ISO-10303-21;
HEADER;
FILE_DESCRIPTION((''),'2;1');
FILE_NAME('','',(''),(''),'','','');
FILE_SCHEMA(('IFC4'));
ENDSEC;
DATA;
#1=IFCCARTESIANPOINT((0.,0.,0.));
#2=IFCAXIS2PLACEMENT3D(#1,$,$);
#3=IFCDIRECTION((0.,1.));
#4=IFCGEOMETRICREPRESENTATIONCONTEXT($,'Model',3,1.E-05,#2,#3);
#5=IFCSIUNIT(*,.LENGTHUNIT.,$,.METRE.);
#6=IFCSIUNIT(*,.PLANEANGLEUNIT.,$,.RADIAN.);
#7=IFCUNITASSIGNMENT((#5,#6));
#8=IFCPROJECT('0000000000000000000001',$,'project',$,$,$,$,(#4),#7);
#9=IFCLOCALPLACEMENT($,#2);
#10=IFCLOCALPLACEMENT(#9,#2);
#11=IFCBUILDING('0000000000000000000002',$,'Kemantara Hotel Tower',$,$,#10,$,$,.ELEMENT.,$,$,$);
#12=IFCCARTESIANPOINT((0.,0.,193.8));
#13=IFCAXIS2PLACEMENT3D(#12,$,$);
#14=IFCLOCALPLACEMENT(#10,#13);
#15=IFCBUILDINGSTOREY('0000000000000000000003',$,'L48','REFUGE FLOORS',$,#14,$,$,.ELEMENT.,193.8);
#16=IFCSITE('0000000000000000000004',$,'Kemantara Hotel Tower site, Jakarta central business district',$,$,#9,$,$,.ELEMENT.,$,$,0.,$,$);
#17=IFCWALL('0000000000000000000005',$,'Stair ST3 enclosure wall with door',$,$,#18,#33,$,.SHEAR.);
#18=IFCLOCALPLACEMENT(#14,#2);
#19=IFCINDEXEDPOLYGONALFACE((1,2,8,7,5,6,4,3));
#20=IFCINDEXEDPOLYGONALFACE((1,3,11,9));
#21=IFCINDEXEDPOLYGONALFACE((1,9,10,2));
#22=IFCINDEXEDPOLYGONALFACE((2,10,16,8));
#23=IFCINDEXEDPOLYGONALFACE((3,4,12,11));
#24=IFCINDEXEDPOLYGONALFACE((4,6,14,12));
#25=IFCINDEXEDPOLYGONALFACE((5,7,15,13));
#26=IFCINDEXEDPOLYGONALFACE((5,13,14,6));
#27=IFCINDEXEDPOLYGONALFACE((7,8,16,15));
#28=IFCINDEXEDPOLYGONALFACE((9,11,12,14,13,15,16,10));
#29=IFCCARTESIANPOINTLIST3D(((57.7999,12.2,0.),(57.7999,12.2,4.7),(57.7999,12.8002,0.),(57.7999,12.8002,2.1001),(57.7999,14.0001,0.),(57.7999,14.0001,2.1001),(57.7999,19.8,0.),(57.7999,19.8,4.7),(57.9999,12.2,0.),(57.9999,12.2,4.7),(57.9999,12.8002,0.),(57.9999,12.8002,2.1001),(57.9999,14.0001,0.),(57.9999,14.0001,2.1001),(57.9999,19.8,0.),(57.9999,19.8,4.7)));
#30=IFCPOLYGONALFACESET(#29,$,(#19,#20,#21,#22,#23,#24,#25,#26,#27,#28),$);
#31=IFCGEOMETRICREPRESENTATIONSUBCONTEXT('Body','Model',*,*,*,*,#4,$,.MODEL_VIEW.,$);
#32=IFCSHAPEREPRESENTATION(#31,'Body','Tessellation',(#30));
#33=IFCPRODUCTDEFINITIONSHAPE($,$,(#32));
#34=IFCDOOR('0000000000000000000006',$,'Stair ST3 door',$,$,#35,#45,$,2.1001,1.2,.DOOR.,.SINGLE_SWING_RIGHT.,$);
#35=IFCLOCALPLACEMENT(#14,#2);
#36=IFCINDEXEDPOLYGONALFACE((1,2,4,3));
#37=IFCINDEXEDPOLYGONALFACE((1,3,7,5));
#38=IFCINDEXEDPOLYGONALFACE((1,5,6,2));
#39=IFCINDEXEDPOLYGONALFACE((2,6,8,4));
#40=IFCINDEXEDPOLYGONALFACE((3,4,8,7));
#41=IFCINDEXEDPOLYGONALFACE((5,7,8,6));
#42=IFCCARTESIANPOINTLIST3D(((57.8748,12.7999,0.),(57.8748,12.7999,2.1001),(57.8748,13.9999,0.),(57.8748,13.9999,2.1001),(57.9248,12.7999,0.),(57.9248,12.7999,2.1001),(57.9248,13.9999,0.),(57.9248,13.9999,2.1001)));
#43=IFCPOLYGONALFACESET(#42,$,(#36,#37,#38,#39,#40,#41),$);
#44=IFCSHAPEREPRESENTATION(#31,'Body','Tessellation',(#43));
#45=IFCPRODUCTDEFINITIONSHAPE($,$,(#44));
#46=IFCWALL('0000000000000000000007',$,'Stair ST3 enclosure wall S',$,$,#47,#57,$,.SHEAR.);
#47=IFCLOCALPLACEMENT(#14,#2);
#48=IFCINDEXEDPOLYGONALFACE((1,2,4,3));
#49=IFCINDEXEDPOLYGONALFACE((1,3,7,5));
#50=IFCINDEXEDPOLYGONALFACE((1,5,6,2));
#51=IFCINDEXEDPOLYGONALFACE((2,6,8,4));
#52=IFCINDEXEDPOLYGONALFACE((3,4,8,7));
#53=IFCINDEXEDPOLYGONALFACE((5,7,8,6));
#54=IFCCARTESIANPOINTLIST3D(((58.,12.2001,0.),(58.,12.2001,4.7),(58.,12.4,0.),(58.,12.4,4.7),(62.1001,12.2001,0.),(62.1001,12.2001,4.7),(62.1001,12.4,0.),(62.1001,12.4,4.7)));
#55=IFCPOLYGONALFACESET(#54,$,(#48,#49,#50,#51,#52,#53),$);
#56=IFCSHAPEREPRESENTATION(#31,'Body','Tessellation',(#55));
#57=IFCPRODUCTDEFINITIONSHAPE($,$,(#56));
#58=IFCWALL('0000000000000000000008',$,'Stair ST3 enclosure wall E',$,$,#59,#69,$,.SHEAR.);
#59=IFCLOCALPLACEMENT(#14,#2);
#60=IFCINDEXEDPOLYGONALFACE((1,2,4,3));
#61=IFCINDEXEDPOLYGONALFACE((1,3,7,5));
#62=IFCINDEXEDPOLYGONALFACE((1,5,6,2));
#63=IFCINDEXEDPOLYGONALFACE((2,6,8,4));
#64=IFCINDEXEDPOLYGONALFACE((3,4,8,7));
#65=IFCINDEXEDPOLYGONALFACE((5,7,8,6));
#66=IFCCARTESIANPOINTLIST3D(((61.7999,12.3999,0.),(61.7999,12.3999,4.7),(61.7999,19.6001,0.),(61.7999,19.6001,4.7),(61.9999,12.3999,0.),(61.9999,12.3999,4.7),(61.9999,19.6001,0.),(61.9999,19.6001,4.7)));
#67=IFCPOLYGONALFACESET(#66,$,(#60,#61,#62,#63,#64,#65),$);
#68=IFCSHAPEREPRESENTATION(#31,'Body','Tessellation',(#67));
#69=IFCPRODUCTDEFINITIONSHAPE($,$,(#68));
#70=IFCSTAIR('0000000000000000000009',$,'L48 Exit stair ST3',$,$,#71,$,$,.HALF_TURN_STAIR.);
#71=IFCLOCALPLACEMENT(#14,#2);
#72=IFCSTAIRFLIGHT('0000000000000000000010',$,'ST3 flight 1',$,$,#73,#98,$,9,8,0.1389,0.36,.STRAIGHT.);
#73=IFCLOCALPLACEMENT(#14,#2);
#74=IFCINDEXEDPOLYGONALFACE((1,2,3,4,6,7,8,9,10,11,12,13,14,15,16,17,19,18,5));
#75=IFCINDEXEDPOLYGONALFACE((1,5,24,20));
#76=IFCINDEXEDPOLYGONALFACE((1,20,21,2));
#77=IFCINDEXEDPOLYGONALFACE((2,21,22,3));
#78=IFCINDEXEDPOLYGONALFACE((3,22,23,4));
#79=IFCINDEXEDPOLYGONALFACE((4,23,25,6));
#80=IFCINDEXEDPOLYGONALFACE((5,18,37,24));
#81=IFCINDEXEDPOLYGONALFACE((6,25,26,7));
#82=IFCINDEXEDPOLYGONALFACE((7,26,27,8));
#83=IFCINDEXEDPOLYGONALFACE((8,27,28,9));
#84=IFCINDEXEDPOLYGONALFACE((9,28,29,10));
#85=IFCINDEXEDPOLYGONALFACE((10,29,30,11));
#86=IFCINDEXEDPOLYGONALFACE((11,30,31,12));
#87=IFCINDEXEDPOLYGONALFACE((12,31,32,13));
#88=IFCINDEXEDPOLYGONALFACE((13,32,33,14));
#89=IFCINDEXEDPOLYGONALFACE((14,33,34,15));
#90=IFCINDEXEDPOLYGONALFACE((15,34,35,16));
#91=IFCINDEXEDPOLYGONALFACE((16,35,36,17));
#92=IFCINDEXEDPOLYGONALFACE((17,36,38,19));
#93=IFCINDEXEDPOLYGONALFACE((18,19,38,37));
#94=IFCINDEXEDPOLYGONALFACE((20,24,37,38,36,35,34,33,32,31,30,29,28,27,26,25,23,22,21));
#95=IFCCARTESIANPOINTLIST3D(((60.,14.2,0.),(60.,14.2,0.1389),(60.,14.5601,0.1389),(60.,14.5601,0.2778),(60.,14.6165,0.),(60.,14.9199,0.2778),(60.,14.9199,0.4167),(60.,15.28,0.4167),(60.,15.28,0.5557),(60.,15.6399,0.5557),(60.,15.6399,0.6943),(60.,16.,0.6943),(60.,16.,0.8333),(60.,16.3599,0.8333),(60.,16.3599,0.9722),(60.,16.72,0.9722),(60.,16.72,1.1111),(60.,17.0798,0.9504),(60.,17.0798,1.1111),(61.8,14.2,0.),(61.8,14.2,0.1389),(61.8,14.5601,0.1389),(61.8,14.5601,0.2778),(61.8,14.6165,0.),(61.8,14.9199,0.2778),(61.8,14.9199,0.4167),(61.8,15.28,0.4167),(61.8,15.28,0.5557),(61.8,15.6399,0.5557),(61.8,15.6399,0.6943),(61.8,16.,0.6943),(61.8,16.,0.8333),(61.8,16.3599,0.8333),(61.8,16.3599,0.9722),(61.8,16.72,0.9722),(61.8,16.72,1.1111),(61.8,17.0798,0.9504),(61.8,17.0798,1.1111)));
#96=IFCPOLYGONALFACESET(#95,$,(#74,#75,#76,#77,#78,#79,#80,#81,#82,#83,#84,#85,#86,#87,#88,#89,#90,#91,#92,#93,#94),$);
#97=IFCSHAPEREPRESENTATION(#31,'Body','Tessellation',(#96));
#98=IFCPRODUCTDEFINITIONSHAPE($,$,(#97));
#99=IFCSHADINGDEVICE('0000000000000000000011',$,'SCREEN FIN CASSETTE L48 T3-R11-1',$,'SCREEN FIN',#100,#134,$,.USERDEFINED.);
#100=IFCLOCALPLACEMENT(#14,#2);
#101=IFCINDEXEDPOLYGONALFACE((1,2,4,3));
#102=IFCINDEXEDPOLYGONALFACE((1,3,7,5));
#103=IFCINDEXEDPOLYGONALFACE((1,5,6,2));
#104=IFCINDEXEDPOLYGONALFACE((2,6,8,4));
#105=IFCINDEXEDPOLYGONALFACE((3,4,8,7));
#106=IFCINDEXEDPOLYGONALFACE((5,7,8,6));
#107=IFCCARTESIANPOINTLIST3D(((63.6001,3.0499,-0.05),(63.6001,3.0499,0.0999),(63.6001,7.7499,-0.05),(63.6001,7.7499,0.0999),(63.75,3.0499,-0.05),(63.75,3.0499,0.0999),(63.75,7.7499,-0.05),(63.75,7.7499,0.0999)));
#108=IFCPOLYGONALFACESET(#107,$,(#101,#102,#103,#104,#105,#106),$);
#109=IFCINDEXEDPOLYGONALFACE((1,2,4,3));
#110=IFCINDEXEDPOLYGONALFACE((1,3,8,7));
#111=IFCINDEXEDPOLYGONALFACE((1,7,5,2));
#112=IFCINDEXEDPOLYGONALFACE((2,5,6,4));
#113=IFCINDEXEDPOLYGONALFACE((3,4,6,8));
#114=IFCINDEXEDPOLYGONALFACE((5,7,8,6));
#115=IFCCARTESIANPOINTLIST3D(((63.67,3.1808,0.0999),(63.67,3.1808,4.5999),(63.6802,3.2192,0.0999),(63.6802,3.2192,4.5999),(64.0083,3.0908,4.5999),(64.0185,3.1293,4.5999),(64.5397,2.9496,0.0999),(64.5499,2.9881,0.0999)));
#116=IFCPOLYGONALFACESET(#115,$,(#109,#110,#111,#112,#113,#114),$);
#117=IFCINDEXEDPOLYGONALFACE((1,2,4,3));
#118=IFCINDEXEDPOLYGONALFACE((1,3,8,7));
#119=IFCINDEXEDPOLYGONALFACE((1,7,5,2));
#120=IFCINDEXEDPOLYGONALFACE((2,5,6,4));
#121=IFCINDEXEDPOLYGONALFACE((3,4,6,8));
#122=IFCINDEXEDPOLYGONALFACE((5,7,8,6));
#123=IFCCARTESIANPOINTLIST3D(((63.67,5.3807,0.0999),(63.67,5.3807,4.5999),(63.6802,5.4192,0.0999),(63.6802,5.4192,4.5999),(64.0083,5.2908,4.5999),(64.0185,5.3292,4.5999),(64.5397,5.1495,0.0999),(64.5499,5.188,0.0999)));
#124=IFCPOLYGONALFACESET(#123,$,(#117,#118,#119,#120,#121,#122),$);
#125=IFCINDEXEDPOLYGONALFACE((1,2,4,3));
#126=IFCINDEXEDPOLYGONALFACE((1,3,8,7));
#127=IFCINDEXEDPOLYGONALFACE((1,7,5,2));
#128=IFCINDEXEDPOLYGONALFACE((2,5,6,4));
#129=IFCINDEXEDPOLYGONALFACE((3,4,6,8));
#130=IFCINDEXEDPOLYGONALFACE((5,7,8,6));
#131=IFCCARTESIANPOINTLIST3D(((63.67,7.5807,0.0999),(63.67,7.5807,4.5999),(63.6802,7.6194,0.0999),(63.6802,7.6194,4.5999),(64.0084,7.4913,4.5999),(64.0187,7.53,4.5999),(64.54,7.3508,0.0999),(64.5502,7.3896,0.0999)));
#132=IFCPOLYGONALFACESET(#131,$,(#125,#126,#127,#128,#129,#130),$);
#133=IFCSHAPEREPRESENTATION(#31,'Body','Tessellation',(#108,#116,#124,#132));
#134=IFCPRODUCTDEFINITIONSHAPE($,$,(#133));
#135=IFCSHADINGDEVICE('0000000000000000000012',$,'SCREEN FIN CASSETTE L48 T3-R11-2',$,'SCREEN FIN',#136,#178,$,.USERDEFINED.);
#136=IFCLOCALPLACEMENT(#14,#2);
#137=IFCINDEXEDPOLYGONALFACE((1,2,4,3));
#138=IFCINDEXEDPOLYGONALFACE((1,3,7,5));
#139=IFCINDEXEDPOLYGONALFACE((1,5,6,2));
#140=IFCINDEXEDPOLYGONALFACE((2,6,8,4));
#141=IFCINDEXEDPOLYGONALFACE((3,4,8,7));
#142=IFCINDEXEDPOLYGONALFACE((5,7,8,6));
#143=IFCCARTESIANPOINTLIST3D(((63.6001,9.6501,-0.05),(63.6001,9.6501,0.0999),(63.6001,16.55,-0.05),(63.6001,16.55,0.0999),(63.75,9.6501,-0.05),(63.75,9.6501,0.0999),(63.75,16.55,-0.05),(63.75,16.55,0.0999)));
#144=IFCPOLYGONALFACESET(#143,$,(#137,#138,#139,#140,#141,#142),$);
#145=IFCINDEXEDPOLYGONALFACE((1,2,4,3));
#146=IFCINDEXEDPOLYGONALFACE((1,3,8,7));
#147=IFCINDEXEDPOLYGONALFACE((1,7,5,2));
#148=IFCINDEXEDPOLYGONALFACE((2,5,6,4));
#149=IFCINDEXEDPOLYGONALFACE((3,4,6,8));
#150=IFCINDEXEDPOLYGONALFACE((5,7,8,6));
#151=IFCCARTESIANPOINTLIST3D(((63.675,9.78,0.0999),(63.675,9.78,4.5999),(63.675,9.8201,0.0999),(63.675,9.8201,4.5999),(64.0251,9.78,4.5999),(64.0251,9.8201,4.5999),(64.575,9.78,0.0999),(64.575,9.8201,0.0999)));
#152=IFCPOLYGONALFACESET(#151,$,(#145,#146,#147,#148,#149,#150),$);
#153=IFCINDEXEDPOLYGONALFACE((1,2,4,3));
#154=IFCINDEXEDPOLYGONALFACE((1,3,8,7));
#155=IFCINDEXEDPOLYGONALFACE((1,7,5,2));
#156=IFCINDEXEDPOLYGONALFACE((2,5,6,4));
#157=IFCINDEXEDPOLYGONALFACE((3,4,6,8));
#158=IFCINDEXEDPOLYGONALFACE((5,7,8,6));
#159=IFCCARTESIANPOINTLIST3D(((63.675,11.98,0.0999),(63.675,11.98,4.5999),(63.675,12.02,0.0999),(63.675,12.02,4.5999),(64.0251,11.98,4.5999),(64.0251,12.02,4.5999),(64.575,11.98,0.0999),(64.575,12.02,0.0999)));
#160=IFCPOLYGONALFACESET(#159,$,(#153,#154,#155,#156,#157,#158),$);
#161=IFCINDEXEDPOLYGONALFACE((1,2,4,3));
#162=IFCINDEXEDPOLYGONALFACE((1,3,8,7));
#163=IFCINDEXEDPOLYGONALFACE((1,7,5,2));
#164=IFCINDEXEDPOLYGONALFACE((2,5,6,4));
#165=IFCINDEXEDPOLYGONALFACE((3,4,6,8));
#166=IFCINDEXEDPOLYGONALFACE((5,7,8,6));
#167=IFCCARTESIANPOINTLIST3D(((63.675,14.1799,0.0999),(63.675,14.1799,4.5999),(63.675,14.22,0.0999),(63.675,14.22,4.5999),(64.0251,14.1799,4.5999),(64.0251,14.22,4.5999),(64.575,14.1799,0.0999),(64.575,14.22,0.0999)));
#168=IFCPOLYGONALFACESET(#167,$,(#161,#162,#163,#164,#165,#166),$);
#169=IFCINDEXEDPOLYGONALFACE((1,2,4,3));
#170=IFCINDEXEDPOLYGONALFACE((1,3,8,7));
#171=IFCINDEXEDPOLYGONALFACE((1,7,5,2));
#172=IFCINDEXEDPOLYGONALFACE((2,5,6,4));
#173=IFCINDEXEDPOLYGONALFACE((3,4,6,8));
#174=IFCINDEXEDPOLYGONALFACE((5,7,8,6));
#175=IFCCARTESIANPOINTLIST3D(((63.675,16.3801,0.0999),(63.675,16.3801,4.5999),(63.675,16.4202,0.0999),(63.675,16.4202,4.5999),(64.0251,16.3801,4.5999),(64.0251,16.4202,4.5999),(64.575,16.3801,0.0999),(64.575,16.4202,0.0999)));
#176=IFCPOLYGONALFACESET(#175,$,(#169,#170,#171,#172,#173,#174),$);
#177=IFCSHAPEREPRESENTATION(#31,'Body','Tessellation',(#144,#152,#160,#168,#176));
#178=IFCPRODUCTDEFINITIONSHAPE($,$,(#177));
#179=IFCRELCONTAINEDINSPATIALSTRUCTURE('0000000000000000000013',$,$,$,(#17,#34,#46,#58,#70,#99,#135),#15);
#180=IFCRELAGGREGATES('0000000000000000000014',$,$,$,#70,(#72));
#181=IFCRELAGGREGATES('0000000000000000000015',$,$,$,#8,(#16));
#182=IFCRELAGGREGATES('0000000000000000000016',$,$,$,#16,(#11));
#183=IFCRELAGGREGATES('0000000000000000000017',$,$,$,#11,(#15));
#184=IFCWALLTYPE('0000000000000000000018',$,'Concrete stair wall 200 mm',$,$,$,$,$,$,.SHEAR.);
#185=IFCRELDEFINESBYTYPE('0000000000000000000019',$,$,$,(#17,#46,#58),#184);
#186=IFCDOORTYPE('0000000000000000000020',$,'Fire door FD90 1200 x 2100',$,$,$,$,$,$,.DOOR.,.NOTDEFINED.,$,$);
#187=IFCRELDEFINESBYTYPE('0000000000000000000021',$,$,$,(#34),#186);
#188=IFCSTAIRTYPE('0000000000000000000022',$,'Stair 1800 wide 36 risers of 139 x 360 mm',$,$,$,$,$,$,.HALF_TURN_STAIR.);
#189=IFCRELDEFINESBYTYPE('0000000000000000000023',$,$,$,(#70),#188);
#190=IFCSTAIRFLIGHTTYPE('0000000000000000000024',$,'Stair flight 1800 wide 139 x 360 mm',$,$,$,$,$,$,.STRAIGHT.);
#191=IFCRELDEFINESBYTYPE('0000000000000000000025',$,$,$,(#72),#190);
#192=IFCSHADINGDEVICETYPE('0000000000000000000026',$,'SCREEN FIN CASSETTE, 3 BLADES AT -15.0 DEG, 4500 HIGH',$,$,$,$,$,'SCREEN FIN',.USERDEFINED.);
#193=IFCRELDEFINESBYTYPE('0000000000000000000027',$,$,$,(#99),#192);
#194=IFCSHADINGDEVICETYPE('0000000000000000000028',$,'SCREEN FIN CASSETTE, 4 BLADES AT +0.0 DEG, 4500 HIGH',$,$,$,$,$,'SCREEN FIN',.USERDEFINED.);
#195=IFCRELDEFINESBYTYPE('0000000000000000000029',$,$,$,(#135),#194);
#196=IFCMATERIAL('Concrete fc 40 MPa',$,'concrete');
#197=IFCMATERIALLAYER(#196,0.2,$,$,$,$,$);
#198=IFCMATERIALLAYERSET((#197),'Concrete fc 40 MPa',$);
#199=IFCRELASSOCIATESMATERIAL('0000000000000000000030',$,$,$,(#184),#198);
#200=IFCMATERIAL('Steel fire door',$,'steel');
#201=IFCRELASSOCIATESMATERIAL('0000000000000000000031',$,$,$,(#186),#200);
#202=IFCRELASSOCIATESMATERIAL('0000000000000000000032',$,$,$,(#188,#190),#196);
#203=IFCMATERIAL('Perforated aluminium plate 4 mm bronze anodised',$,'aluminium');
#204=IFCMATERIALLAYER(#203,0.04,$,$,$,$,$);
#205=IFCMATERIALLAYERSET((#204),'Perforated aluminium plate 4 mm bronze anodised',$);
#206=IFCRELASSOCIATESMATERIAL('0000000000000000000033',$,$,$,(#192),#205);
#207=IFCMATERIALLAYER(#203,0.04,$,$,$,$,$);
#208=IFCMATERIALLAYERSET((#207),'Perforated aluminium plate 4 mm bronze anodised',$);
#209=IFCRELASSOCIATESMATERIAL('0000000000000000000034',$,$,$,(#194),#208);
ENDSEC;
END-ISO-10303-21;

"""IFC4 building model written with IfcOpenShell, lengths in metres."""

from ifc_helpers import new_model, si_unit, direction, frame, frame_2d, origin, origin_2d, place, context, subcontext, project, spatial, polyline, rectangle, outline, extrude, source, transform, mapped, material, layer, layer_set, type_object, element, fill, aggregate, save


model = new_model("IFC4")

# Units and contexts
model_context = context("Model", 3, precision=1e-05, world=origin(), true_north=direction((0.0, 1.0)))
body_context = subcontext(model_context, "Body", "Model", "MODEL_VIEW")
ifc_project = project(units=[si_unit("LENGTHUNIT", "METRE"), si_unit("PLANEANGLEUNIT", "RADIAN")], contexts=[model_context])

# Site, building, storey
site_placement = place(None, origin())
site = spatial("IfcSite", under=ifc_project, at=site_placement, Name="Kemantara Hotel Tower site, Jakarta central business district", CompositionType="ELEMENT", RefElevation=0.0)
building_placement = place(site_placement, origin())
building = spatial("IfcBuilding", under=site, at=building_placement, Name="Kemantara Hotel Tower", CompositionType="ELEMENT")
storey_placement = place(building_placement, frame((0.0, 0.0, 193.8)))
storey = spatial("IfcBuildingStorey", under=building, at=storey_placement, Name="L48", Description="REFUGE FLOORS", CompositionType="ELEMENT", Elevation=193.8)

# Wall, opening, door
ifc_material_1 = material(Name="Concrete fc 40 MPa", Category="concrete")
ifc_layer_1 = layer(ifc_material_1, 0.2)
ifc_layer_set_1 = layer_set([ifc_layer_1], Name="Concrete fc 40 MPa")
wall_type_1 = type_object("IfcWallType", Name="Concrete stair wall 200 mm", PredefinedType="SHEAR", material=ifc_layer_set_1)
wall_1_placement = place(storey_placement, frame((57.8999, 12.2, 0.0), z_axis=(0.0, 0.0, 1.0), x_axis=(0.0, 1.0, 0.0)))
wall_1 = element("IfcWall", 1, at=wall_1_placement, inside=storey, type_object=wall_type_1, Name="Stair ST3 enclosure wall with door", PredefinedType="SHEAR", context=body_context, shape_type="SweptSolid", body=[
    extrude(rectangle(XDim=7.6001, YDim=0.2, at=frame_2d((3.8, 0.0))), origin(), (0.0, 0.0, 1.0), 4.7),
])
opening_placement = place(wall_1_placement, frame((0.6001, 0.0, 0.0)))
opening = element("IfcOpeningElement", 2, at=opening_placement, cuts=wall_1, PredefinedType="OPENING", context=body_context, shape_type="SweptSolid", body=[
    extrude(rectangle(XDim=1.2, YDim=2.1001, at=frame_2d((0.6001, 1.05))), frame((0.0, 0.1099, 0.0), z_axis=(0.0, -1.0, 0.0), x_axis=(1.0, 0.0, 0.0)), (0.0, 0.0, 1.0), 0.22),
])
ifc_material_2 = material(Name="Steel fire door", Category="steel")
door_type = type_object("IfcDoorType", Name="Fire door FD90 1200 x 2100", OperationType="NOTDEFINED", PredefinedType="DOOR", material=ifc_material_2)
door_placement = place(opening_placement, frame((1.2, 0.0, 0.0), z_axis=(0.0, 0.0, 1.0), x_axis=(-1.0, 0.0, 0.0)))
door = element("IfcDoor", 3, at=door_placement, inside=storey, type_object=door_type, Name="Stair ST3 door", OperationType="SINGLE_SWING_RIGHT", OverallHeight=2.1001, OverallWidth=1.2, PredefinedType="DOOR", context=body_context, shape_type="SweptSolid", body=[
    extrude(rectangle(XDim=1.2, YDim=2.1001, at=frame_2d((0.6001, 1.05))), frame((0.0, 0.0249, 0.0), z_axis=(0.0, -1.0, 0.0), x_axis=(1.0, 0.0, 0.0)), (0.0, 0.0, 1.0), 0.05),
])
fill(opening, door)

# Walls
wall_2_placement = place(storey_placement, frame((58.0, 12.3, 0.0), z_axis=(0.0, 0.0, 1.0), x_axis=(1.0, 0.0, 0.0)))
element("IfcWall", 4, at=wall_2_placement, inside=storey, type_object=wall_type_1, Name="Stair ST3 enclosure wall S", PredefinedType="SHEAR", context=body_context, shape_type="SweptSolid", body=[
    extrude(rectangle(XDim=4.1001, YDim=0.2, at=frame_2d((2.05, 0.0))), origin(), (0.0, 0.0, 1.0), 4.7),
])
wall_3_placement = place(storey_placement, frame((61.8999, 12.3999, 0.0), z_axis=(0.0, 0.0, 1.0), x_axis=(0.0, 1.0, 0.0)))
element("IfcWall", 5, at=wall_3_placement, inside=storey, type_object=wall_type_1, Name="Stair ST3 enclosure wall E", PredefinedType="SHEAR", context=body_context, shape_type="SweptSolid", body=[
    extrude(rectangle(XDim=7.2002, YDim=0.2, at=frame_2d((3.6001, 0.0))), origin(), (0.0, 0.0, 1.0), 4.7),
])

# Stair, stair flight
stair_type = type_object("IfcStairType", Name="Stair 1800 wide 36 risers of 139 x 360 mm", PredefinedType="HALF_TURN_STAIR", material=ifc_material_1)
stair_placement = place(storey_placement, origin())
stair = element("IfcStair", 6, at=stair_placement, inside=storey, type_object=stair_type, Name="L48 Exit stair ST3", PredefinedType="HALF_TURN_STAIR")
stair_flight_type = type_object("IfcStairFlightType", Name="Stair flight 1800 wide 139 x 360 mm", PredefinedType="STRAIGHT", material=ifc_material_1)
stair_flight_placement = place(storey_placement, frame((60.8999, 14.2, 0.0), z_axis=(0.0, 0.0, 1.0), x_axis=(0.0, 1.0, 0.0)))
stair_flight = element("IfcStairFlight", 7, at=stair_flight_placement, type_object=stair_flight_type, Name="ST3 flight 1", NumberOfRisers=9, NumberOfTreads=8, PredefinedType="STRAIGHT", RiserHeight=0.1389, TreadLength=0.36, context=body_context, shape_type="SweptSolid", body=[
    extrude(outline(polyline([(0.0, 0.0), (0.0, 0.1389), (0.3601, 0.1389), (0.3601, 0.2778), (0.72, 0.2778), (0.72, 0.4167), (1.0801, 0.4167), (1.0801, 0.5557), (1.4399, 0.5557), (1.4399, 0.6943), (1.8, 0.6943), (1.8, 0.8333), (2.1599, 0.8333), (2.1599, 0.9722), (2.52, 0.9722), (2.52, 1.1111), (2.8799, 1.1111), (2.8799, 1.25), (2.8799, 0.9504), (0.4165, 0.0), (0.0, 0.0)])), frame((0.0, 0.8999, 0.0), z_axis=(0.0, -1.0, 0.0), x_axis=(1.0, 0.0, 0.0)), (0.0, 0.0, 1.0), 1.8),
])
aggregate(stair, [stair_flight])

# Shading devices
ifc_material_3 = material(Name="Perforated aluminium plate 4 mm bronze anodised", Category="aluminium")
ifc_layer_2 = layer(ifc_material_3, 0.04)
ifc_layer_set_2 = layer_set([ifc_layer_2], Name="Perforated aluminium plate 4 mm bronze anodised")
shading_device_type_1 = type_object("IfcShadingDeviceType", Name="SCREEN FIN CASSETTE, 3 BLADES AT -15.0 DEG, 4500 HIGH", ElementType="SCREEN FIN", PredefinedType="USERDEFINED", material=ifc_layer_set_2)
shared_shape_1 = source(origin(), body_context, "Body", "SweptSolid", [
    extrude(rectangle(XDim=4.7, YDim=0.1499, at=origin_2d()), frame((2.2, -0.075, -0.1499), z_axis=(0.0, 0.0, 1.0), x_axis=(1.0, 0.0, 0.0)), (0.0, 0.0, 1.0), 0.1499),
    extrude(outline(polyline([(0.0, 0.0), (0.8999, 0.0), (0.3501, 4.5), (0.0, 4.5), (0.0, 0.0)])), frame((0.0193, -0.0801, 0.0), z_axis=(-0.966438, 0.256901, 0.0), x_axis=(-0.256901, -0.966438, 0.0)), (0.0, 0.0, 1.0), 0.0398),
    extrude(outline(polyline([(0.0, 0.0), (0.8999, 0.0), (0.3501, 4.5), (0.0, 4.5), (0.0, 0.0)])), frame((2.2192, -0.0801, 0.0), z_axis=(-0.966438, 0.256901, 0.0), x_axis=(-0.256901, -0.966438, 0.0)), (0.0, 0.0, 1.0), 0.0398),
    extrude(outline(polyline([(0.0, 0.0), (0.8999, 0.0), (0.3501, 4.5), (0.0, 4.5), (0.0, 0.0)])), frame((4.4194, -0.0801, 0.0), z_axis=(-0.966838, 0.255391, 0.0), x_axis=(-0.255391, -0.966838, 0.0)), (0.0, 0.0, 1.0), 0.04),
])
shading_device_1_placement = place(storey_placement, frame((63.6001, 3.2, 0.0999), z_axis=(0.0, 0.0, 1.0), x_axis=(0.0, 1.0, 0.0)))
element("IfcShadingDevice", 8, at=shading_device_1_placement, inside=storey, type_object=shading_device_type_1, Name="SCREEN FIN CASSETTE L48 T3-R11-1", ObjectType="SCREEN FIN", PredefinedType="USERDEFINED", context=body_context, shape_type="MappedRepresentation", body=[
    mapped(shared_shape_1, transform((0.0, 0.0, 0.0))),
])
ifc_layer_3 = layer(ifc_material_3, 0.04)
ifc_layer_set_3 = layer_set([ifc_layer_3], Name="Perforated aluminium plate 4 mm bronze anodised")
shading_device_type_2 = type_object("IfcShadingDeviceType", Name="SCREEN FIN CASSETTE, 4 BLADES AT +0.0 DEG, 4500 HIGH", ElementType="SCREEN FIN", PredefinedType="USERDEFINED", material=ifc_layer_set_3)
shared_shape_2 = source(origin(), body_context, "Body", "SweptSolid", [
    extrude(rectangle(XDim=6.8999, YDim=0.1499, at=origin_2d()), frame((3.3, -0.075, -0.1499), z_axis=(0.0, 0.0, 1.0), x_axis=(1.0, 0.0, 0.0)), (0.0, 0.0, 1.0), 0.1499),
    extrude(outline(polyline([(0.0, 0.0), (0.8999, 0.0), (0.3501, 4.5), (0.0, 4.5), (0.0, 0.0)])), frame((0.02, -0.075, 0.0), z_axis=(-1.0, 0.0, 0.0), x_axis=(0.0, -1.0, 0.0)), (0.0, 0.0, 1.0), 0.04),
    extrude(outline(polyline([(0.0, 0.0), (0.8999, 0.0), (0.3501, 4.5), (0.0, 4.5), (0.0, 0.0)])), frame((2.22, -0.075, 0.0), z_axis=(-1.0, 0.0, 0.0), x_axis=(0.0, -1.0, 0.0)), (0.0, 0.0, 1.0), 0.04),
    extrude(outline(polyline([(0.0, 0.0), (0.8999, 0.0), (0.3501, 4.5), (0.0, 4.5), (0.0, 0.0)])), frame((4.4199, -0.075, 0.0), z_axis=(-1.0, 0.0, 0.0), x_axis=(0.0, -1.0, 0.0)), (0.0, 0.0, 1.0), 0.04),
    extrude(outline(polyline([(0.0, 0.0), (0.8999, 0.0), (0.3501, 4.5), (0.0, 4.5), (0.0, 0.0)])), frame((6.6201, -0.075, 0.0), z_axis=(-1.0, 0.0, 0.0), x_axis=(0.0, -1.0, 0.0)), (0.0, 0.0, 1.0), 0.04),
])
shading_device_2_placement = place(storey_placement, frame((63.6001, 9.8, 0.0999), z_axis=(0.0, 0.0, 1.0), x_axis=(0.0, 1.0, 0.0)))
element("IfcShadingDevice", 9, at=shading_device_2_placement, inside=storey, type_object=shading_device_type_2, Name="SCREEN FIN CASSETTE L48 T3-R11-2", ObjectType="SCREEN FIN", PredefinedType="USERDEFINED", context=body_context, shape_type="MappedRepresentation", body=[
    mapped(shared_shape_2, transform((0.0, 0.0, 0.0))),
])

save(model, "model.ifc")
